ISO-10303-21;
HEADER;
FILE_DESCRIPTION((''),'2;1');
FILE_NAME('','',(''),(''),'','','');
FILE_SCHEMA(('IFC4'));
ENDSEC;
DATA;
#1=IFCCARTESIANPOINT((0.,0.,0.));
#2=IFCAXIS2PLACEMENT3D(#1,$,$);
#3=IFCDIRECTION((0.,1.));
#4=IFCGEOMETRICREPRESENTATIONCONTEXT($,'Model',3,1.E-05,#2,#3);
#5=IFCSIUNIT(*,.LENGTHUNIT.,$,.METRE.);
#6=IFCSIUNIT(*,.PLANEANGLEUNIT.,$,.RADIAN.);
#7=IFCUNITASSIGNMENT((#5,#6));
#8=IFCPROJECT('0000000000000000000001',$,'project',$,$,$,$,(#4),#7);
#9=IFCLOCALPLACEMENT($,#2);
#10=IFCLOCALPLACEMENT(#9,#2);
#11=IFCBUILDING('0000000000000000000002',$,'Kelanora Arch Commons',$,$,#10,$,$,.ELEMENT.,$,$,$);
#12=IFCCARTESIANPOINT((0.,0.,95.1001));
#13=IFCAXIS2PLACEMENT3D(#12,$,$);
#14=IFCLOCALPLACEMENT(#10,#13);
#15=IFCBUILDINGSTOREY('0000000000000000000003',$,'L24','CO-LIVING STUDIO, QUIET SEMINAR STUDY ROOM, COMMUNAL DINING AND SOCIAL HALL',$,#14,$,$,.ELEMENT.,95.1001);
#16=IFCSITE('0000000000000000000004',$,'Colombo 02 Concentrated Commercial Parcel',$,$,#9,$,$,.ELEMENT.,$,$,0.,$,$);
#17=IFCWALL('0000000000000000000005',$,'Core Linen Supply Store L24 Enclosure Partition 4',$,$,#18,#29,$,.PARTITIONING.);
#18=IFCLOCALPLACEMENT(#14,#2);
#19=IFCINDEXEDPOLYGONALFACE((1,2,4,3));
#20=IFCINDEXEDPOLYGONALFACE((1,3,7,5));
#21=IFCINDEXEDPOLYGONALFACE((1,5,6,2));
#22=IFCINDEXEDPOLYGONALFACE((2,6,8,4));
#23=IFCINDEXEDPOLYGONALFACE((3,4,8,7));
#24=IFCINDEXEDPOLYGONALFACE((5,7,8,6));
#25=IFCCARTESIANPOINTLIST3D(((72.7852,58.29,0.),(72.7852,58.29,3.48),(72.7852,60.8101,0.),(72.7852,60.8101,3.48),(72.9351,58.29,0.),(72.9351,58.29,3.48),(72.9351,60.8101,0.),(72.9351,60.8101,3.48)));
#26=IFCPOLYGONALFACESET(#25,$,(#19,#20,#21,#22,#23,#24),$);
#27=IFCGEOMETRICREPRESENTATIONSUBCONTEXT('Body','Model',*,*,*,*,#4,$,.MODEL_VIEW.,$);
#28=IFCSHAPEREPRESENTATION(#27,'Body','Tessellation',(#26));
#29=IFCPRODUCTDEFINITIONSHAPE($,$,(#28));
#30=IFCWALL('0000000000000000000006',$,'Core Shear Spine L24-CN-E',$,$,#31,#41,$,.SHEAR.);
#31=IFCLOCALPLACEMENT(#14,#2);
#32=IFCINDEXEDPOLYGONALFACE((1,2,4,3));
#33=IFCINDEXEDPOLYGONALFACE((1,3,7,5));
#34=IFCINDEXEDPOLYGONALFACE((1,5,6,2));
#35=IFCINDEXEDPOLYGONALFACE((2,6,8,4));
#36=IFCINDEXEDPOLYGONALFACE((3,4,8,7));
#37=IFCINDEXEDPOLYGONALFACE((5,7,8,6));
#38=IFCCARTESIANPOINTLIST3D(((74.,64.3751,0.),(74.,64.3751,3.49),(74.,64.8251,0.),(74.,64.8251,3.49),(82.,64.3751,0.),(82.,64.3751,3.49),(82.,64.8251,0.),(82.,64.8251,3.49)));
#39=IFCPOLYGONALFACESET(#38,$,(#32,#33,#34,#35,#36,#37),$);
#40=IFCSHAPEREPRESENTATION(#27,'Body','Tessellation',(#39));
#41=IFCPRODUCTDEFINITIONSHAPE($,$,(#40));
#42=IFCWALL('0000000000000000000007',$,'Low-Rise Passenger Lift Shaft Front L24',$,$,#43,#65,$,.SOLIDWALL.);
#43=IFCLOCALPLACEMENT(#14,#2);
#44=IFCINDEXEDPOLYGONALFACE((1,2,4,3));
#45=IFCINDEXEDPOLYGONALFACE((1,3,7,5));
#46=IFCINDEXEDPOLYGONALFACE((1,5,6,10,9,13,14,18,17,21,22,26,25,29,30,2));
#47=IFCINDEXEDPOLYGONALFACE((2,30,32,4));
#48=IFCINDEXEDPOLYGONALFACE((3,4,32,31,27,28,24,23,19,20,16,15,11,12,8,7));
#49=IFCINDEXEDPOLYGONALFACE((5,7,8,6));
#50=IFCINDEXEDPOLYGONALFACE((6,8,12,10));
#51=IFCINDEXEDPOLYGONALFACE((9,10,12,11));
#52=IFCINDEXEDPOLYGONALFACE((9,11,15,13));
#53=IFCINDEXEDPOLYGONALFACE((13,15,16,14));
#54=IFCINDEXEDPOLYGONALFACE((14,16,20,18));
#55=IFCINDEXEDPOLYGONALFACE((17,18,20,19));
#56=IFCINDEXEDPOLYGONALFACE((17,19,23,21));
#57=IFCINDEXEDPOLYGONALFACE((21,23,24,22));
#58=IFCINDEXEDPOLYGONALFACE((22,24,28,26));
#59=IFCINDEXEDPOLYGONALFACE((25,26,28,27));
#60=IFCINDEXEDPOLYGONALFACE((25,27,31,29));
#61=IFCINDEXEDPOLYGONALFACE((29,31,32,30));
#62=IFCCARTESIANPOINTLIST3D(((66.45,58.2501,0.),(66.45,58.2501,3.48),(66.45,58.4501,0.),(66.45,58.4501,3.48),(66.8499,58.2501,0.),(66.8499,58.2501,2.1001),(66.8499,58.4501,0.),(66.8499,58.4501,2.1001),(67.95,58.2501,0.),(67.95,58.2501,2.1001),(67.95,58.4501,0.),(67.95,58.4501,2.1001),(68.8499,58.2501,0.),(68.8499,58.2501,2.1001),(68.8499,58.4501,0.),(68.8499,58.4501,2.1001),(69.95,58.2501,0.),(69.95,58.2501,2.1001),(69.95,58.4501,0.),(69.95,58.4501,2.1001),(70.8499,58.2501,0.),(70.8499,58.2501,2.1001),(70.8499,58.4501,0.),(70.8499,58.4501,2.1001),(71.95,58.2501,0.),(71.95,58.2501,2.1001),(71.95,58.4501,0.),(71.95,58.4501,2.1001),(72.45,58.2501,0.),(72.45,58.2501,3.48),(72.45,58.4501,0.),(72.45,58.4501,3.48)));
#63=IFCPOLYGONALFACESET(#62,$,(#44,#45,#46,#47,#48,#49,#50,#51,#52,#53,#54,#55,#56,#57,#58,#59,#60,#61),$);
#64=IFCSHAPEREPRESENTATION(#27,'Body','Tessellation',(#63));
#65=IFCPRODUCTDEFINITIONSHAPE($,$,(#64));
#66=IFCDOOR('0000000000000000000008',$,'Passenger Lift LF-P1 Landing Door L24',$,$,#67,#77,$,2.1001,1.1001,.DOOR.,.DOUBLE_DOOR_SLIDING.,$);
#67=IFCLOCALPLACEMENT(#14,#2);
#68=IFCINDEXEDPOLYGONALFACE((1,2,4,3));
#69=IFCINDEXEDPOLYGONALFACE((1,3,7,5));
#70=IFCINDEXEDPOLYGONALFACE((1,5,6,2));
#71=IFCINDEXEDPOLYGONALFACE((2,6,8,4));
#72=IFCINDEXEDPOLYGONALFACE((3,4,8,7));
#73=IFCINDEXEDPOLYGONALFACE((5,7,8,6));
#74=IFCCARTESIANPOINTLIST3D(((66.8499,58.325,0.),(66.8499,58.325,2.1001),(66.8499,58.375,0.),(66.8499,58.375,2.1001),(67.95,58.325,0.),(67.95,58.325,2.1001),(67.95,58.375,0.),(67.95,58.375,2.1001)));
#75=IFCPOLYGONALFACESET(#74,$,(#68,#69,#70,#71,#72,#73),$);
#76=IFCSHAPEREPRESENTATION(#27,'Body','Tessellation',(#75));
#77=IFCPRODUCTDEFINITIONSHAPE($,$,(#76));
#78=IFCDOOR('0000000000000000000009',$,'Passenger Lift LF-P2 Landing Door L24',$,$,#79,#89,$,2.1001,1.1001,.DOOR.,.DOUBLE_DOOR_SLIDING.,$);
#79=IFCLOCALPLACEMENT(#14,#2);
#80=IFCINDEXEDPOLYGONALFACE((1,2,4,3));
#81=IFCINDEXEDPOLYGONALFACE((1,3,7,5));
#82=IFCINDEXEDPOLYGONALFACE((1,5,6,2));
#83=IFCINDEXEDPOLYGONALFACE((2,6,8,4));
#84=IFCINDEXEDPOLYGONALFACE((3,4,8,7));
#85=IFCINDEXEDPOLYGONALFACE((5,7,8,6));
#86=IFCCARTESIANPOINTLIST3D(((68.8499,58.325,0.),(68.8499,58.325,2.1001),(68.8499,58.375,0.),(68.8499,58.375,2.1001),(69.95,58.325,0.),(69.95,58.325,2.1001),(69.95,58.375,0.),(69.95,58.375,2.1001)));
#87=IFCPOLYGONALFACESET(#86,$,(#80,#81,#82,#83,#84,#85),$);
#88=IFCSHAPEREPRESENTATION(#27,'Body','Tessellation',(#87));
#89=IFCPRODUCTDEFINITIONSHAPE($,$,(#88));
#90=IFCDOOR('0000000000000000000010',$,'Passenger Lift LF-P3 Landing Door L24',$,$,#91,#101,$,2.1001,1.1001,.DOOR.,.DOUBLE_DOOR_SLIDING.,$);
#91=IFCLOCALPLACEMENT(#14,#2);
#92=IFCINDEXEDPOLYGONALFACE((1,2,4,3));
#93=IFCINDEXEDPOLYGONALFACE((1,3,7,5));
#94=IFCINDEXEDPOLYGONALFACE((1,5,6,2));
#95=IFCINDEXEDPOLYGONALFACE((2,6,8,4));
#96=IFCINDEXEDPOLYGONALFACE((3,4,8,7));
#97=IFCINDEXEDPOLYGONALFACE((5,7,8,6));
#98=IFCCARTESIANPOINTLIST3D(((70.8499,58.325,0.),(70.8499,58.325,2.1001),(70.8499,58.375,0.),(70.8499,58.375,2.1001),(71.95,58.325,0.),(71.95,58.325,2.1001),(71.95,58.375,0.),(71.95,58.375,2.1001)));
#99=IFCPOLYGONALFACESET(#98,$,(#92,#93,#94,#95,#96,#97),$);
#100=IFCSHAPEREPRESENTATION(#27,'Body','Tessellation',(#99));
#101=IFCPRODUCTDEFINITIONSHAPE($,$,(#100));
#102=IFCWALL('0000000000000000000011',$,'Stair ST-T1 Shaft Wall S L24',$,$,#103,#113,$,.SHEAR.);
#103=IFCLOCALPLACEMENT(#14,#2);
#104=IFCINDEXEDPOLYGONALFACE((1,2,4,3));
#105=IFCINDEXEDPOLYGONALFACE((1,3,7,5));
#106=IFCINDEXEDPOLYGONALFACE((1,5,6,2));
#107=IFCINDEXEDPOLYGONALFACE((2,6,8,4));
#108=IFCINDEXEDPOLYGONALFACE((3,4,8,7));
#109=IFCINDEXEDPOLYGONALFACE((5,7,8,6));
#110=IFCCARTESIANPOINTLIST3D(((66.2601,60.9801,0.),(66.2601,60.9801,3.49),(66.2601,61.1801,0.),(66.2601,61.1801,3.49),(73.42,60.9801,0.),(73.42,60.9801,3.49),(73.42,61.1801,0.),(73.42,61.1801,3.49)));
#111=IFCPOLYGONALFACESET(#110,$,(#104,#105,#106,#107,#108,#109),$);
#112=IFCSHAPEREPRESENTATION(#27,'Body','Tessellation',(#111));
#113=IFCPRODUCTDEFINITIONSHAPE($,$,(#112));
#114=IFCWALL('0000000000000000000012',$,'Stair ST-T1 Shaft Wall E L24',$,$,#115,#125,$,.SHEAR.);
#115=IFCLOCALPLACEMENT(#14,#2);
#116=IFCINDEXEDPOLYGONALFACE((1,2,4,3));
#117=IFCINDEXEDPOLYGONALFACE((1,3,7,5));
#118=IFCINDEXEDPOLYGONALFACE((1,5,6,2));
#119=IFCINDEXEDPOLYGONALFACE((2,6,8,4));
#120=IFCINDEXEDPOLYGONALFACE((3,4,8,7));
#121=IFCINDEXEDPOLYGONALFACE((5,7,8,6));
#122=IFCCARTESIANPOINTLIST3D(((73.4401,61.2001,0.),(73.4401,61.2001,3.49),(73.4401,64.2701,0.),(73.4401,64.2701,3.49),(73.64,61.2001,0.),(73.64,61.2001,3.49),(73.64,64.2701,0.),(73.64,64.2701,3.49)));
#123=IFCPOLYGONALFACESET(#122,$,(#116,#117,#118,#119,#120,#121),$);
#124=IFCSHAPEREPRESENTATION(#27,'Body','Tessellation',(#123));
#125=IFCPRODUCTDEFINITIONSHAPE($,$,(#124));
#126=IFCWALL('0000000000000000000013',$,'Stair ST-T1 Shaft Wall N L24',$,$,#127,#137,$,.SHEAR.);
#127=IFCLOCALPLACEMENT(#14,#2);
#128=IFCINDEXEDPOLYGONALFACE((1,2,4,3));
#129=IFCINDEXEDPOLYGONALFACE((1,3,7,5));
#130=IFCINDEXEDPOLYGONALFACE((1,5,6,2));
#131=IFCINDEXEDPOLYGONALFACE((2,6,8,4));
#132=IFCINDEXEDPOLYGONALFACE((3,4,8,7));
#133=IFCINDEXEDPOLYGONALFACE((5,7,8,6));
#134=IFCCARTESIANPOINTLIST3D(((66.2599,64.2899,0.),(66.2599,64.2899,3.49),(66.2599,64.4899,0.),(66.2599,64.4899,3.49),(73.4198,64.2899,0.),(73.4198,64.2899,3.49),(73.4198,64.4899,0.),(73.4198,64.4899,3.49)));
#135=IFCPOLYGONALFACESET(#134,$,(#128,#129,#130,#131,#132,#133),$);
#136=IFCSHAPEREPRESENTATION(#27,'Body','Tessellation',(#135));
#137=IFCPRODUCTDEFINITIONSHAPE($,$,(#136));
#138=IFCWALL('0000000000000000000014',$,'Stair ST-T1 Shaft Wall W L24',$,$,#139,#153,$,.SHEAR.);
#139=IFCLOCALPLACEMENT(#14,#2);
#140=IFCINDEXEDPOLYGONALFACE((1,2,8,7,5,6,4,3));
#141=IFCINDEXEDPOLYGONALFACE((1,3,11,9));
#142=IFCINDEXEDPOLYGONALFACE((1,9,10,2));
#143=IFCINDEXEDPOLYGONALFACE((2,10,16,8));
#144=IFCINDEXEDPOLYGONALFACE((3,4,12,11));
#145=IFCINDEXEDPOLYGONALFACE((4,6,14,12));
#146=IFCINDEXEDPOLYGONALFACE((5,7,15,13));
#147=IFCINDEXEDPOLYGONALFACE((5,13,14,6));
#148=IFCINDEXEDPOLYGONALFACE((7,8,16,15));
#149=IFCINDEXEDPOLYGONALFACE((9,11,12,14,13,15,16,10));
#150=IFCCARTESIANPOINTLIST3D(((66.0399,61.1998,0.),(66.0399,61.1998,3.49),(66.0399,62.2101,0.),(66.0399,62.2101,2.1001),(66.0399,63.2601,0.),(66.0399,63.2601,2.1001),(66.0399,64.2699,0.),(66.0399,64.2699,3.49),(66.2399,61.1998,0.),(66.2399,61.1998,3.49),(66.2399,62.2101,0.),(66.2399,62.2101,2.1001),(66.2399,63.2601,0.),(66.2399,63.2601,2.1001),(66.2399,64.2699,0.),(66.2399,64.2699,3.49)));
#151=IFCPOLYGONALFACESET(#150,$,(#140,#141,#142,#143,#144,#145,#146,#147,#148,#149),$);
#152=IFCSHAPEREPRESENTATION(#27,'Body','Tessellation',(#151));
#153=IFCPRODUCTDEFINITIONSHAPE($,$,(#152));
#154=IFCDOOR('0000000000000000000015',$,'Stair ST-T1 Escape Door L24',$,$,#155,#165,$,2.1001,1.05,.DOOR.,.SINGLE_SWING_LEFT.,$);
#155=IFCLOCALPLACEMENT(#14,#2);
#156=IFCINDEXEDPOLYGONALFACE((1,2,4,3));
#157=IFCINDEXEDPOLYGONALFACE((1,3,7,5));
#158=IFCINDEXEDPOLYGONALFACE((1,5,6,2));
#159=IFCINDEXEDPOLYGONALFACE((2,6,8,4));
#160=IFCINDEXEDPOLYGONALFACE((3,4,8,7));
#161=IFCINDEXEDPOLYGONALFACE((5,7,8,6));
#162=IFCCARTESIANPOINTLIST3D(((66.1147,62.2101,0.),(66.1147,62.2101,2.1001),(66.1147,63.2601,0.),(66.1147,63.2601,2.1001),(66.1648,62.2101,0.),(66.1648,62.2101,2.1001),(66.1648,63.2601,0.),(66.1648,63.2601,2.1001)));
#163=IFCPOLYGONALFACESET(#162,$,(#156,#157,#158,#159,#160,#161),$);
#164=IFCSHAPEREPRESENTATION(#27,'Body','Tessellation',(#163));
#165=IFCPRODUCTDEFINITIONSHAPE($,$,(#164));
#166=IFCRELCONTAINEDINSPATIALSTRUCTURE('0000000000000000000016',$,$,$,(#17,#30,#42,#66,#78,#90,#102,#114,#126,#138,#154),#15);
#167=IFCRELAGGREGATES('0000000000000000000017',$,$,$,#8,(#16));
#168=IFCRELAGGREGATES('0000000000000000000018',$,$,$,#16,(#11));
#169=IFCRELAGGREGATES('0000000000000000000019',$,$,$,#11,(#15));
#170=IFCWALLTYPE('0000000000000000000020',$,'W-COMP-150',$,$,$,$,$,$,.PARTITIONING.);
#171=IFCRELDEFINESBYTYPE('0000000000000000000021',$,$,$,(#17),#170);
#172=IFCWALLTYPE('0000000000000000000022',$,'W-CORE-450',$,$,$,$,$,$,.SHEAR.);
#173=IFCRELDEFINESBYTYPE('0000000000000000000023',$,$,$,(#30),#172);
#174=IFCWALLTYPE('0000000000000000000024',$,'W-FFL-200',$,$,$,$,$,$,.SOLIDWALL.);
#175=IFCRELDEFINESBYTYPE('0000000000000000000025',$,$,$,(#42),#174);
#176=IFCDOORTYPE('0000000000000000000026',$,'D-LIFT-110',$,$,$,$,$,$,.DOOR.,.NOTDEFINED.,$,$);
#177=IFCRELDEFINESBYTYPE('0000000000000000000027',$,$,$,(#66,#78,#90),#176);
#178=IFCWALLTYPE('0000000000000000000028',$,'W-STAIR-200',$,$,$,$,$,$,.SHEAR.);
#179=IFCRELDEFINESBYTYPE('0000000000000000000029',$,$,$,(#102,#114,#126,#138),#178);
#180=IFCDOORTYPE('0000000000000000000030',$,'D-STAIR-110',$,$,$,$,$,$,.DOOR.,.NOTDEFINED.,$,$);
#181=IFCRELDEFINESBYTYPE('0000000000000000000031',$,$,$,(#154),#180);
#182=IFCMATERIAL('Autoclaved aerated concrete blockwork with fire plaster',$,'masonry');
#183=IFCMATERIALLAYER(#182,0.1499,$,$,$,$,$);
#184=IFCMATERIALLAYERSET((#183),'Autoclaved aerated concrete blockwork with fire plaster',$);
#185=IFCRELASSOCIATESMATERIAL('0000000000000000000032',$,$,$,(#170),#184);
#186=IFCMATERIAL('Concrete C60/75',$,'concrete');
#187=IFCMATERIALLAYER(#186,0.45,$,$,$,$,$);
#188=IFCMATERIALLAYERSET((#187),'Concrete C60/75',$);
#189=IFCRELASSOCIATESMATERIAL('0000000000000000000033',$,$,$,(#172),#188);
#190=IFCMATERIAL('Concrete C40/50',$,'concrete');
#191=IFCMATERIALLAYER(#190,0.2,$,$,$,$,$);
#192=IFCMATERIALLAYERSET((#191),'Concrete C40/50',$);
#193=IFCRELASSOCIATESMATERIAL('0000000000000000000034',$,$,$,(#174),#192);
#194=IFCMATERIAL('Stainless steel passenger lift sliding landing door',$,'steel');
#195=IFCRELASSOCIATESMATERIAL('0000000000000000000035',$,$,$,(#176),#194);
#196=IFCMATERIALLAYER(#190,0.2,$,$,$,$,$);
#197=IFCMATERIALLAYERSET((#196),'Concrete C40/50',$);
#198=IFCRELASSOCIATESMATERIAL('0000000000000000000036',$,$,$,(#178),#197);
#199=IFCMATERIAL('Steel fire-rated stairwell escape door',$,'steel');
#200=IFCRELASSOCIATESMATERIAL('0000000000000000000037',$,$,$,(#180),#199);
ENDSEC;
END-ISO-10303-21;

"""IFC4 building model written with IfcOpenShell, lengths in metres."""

from ifc_helpers import new_model, si_unit, direction, frame, frame_2d, origin, place, context, subcontext, project, spatial, rectangle, extrude, material, layer, layer_set, type_object, element, fill, save


model = new_model("IFC4")

# Units and contexts
model_context = context("Model", 3, precision=1e-05, world=origin(), true_north=direction((0.0, 1.0)))
body_context = subcontext(model_context, "Body", "Model", "MODEL_VIEW")
ifc_project = project(units=[si_unit("LENGTHUNIT", "METRE"), si_unit("PLANEANGLEUNIT", "RADIAN")], contexts=[model_context])

# Site, building, storey
site_placement = place(None, origin())
site = spatial("IfcSite", under=ifc_project, at=site_placement, Name="Colombo 02 Concentrated Commercial Parcel", CompositionType="ELEMENT", RefElevation=0.0)
building_placement = place(site_placement, origin())
building = spatial("IfcBuilding", under=site, at=building_placement, Name="Kelanora Arch Commons", CompositionType="ELEMENT")
storey_placement = place(building_placement, frame((0.0, 0.0, 95.1001)))
storey = spatial("IfcBuildingStorey", under=building, at=storey_placement, Name="L24", Description="CO-LIVING STUDIO, QUIET SEMINAR STUDY ROOM, COMMUNAL DINING AND SOCIAL HALL", CompositionType="ELEMENT", Elevation=95.1001)

# Shared definitions
ifc_material_1 = material(Name="Concrete C60/75", Category="concrete")

# Walls
ifc_material_2 = material(Name="Autoclaved aerated concrete blockwork with fire plaster", Category="masonry")
ifc_layer_1 = layer(ifc_material_2, 0.1499)
ifc_layer_set_1 = layer_set([ifc_layer_1], Name="Autoclaved aerated concrete blockwork with fire plaster")
wall_type_1 = type_object("IfcWallType", Name="W-COMP-150", PredefinedType="PARTITIONING", material=ifc_layer_set_1)
wall_1_placement = place(storey_placement, frame((72.8601, 60.8101, 0.0), z_axis=(0.0, 0.0, 1.0), x_axis=(0.0, -1.0, 0.0)))
element("IfcWall", 1, at=wall_1_placement, inside=storey, type_object=wall_type_1, Name="Core Linen Supply Store L24 Enclosure Partition 4", PredefinedType="PARTITIONING", context=body_context, shape_type="SweptSolid", body=[
    extrude(rectangle(XDim=2.52, YDim=0.1499, at=frame_2d((1.26, 0.0))), origin(), (0.0, 0.0, 1.0), 3.48),
])
ifc_layer_2 = layer(ifc_material_1, 0.45)
ifc_layer_set_2 = layer_set([ifc_layer_2], Name="Concrete C60/75")
wall_type_2 = type_object("IfcWallType", Name="W-CORE-450", PredefinedType="SHEAR", material=ifc_layer_set_2)
wall_2_placement = place(storey_placement, frame((74.0, 64.6001, 0.0), z_axis=(0.0, 0.0, 1.0), x_axis=(1.0, 0.0, 0.0)))
element("IfcWall", 2, at=wall_2_placement, inside=storey, type_object=wall_type_2, Name="Core Shear Spine L24-CN-E", PredefinedType="SHEAR", context=body_context, shape_type="SweptSolid", body=[
    extrude(rectangle(XDim=8.0, YDim=0.45, at=frame_2d((4.0, 0.0))), origin(), (0.0, 0.0, 1.0), 3.49),
])

# Shared definitions
ifc_material_3 = material(Name="Concrete C40/50", Category="concrete")
ifc_layer_3 = layer(ifc_material_3, 0.2)
ifc_layer_set_3 = layer_set([ifc_layer_3], Name="Concrete C40/50")
wall_type_3 = type_object("IfcWallType", Name="W-FFL-200", PredefinedType="SOLIDWALL", material=ifc_layer_set_3)

# Wall, openings, doors
wall_3_placement = place(storey_placement, frame((66.45, 58.3501, 0.0), z_axis=(0.0, 0.0, 1.0), x_axis=(1.0, 0.0, 0.0)))
wall_3 = element("IfcWall", 3, at=wall_3_placement, inside=storey, type_object=wall_type_3, Name="Low-Rise Passenger Lift Shaft Front L24", PredefinedType="SOLIDWALL", context=body_context, shape_type="SweptSolid", body=[
    extrude(rectangle(XDim=6.0, YDim=0.2, at=frame_2d((3.0, 0.0))), origin(), (0.0, 0.0, 1.0), 3.48),
])
opening_1_placement = place(wall_3_placement, frame((0.3999, 0.0, 0.0)))
opening_1 = element("IfcOpeningElement", 4, at=opening_1_placement, cuts=wall_3, PredefinedType="OPENING", context=body_context, shape_type="SweptSolid", body=[
    extrude(rectangle(XDim=1.1001, YDim=2.1001, at=frame_2d((0.55, 1.05))), frame((0.0, 0.1099, 0.0), z_axis=(0.0, -1.0, 0.0), x_axis=(1.0, 0.0, 0.0)), (0.0, 0.0, 1.0), 0.22),
])
opening_2_placement = place(wall_3_placement, frame((2.3999, 0.0, 0.0)))
opening_2 = element("IfcOpeningElement", 5, at=opening_2_placement, cuts=wall_3, PredefinedType="OPENING", context=body_context, shape_type="SweptSolid", body=[
    extrude(rectangle(XDim=1.1001, YDim=2.1001, at=frame_2d((0.55, 1.05))), frame((0.0, 0.1099, 0.0), z_axis=(0.0, -1.0, 0.0), x_axis=(1.0, 0.0, 0.0)), (0.0, 0.0, 1.0), 0.22),
])
opening_3_placement = place(wall_3_placement, frame((4.3999, 0.0, 0.0)))
opening_3 = element("IfcOpeningElement", 6, at=opening_3_placement, cuts=wall_3, PredefinedType="OPENING", context=body_context, shape_type="SweptSolid", body=[
    extrude(rectangle(XDim=1.1001, YDim=2.1001, at=frame_2d((0.55, 1.05))), frame((0.0, 0.1099, 0.0), z_axis=(0.0, -1.0, 0.0), x_axis=(1.0, 0.0, 0.0)), (0.0, 0.0, 1.0), 0.22),
])
ifc_material_4 = material(Name="Stainless steel passenger lift sliding landing door", Category="steel")
door_type_1 = type_object("IfcDoorType", Name="D-LIFT-110", OperationType="NOTDEFINED", PredefinedType="DOOR", material=ifc_material_4)
door_1_placement = place(opening_1_placement, origin())
door_1 = element("IfcDoor", 7, at=door_1_placement, inside=storey, type_object=door_type_1, Name="Passenger Lift LF-P1 Landing Door L24", OperationType="DOUBLE_DOOR_SLIDING", OverallHeight=2.1001, OverallWidth=1.1001, PredefinedType="DOOR", context=body_context, shape_type="SweptSolid", body=[
    extrude(rectangle(XDim=1.1001, YDim=2.1001, at=frame_2d((0.55, 1.05))), frame((0.0, 0.0249, 0.0), z_axis=(0.0, -1.0, 0.0), x_axis=(1.0, 0.0, 0.0)), (0.0, 0.0, 1.0), 0.05),
])
fill(opening_1, door_1)
door_2_placement = place(opening_2_placement, origin())
door_2 = element("IfcDoor", 8, at=door_2_placement, inside=storey, type_object=door_type_1, Name="Passenger Lift LF-P2 Landing Door L24", OperationType="DOUBLE_DOOR_SLIDING", OverallHeight=2.1001, OverallWidth=1.1001, PredefinedType="DOOR", context=body_context, shape_type="SweptSolid", body=[
    extrude(rectangle(XDim=1.1001, YDim=2.1001, at=frame_2d((0.55, 1.05))), frame((0.0, 0.0249, 0.0), z_axis=(0.0, -1.0, 0.0), x_axis=(1.0, 0.0, 0.0)), (0.0, 0.0, 1.0), 0.05),
])
fill(opening_2, door_2)
door_3_placement = place(opening_3_placement, origin())
door_3 = element("IfcDoor", 9, at=door_3_placement, inside=storey, type_object=door_type_1, Name="Passenger Lift LF-P3 Landing Door L24", OperationType="DOUBLE_DOOR_SLIDING", OverallHeight=2.1001, OverallWidth=1.1001, PredefinedType="DOOR", context=body_context, shape_type="SweptSolid", body=[
    extrude(rectangle(XDim=1.1001, YDim=2.1001, at=frame_2d((0.55, 1.05))), frame((0.0, 0.0249, 0.0), z_axis=(0.0, -1.0, 0.0), x_axis=(1.0, 0.0, 0.0)), (0.0, 0.0, 1.0), 0.05),
])
fill(opening_3, door_3)

# Walls
ifc_layer_4 = layer(ifc_material_3, 0.2)
ifc_layer_set_4 = layer_set([ifc_layer_4], Name="Concrete C40/50")
wall_type_4 = type_object("IfcWallType", Name="W-STAIR-200", PredefinedType="SHEAR", material=ifc_layer_set_4)
wall_4_placement = place(storey_placement, frame((66.26, 61.0801, 0.0), z_axis=(0.0, 0.0, 1.0), x_axis=(1.0, 0.0, 0.0)))
element("IfcWall", 10, at=wall_4_placement, inside=storey, type_object=wall_type_4, Name="Stair ST-T1 Shaft Wall S L24", PredefinedType="SHEAR", context=body_context, shape_type="SweptSolid", body=[
    extrude(rectangle(XDim=7.1599, YDim=0.2, at=frame_2d((3.5801, 0.0))), origin(), (0.0, 0.0, 1.0), 3.49),
])
wall_5_placement = place(storey_placement, frame((73.54, 61.2, 0.0), z_axis=(0.0, 0.0, 1.0), x_axis=(0.0, 1.0, 0.0)))
element("IfcWall", 11, at=wall_5_placement, inside=storey, type_object=wall_type_4, Name="Stair ST-T1 Shaft Wall E L24", PredefinedType="SHEAR", context=body_context, shape_type="SweptSolid", body=[
    extrude(rectangle(XDim=3.0701, YDim=0.2, at=frame_2d((1.5352, 0.0))), origin(), (0.0, 0.0, 1.0), 3.49),
])
wall_6_placement = place(storey_placement, frame((73.4199, 64.3899, 0.0), z_axis=(0.0, 0.0, 1.0), x_axis=(-1.0, 0.0, 0.0)))
element("IfcWall", 12, at=wall_6_placement, inside=storey, type_object=wall_type_4, Name="Stair ST-T1 Shaft Wall N L24", PredefinedType="SHEAR", context=body_context, shape_type="SweptSolid", body=[
    extrude(rectangle(XDim=7.1599, YDim=0.2, at=frame_2d((3.5801, 0.0))), origin(), (0.0, 0.0, 1.0), 3.49),
])

# Wall, opening, door
wall_7_placement = place(storey_placement, frame((66.1399, 64.27, 0.0), z_axis=(0.0, 0.0, 1.0), x_axis=(0.0, -1.0, 0.0)))
wall_7 = element("IfcWall", 13, at=wall_7_placement, inside=storey, type_object=wall_type_4, Name="Stair ST-T1 Shaft Wall W L24", PredefinedType="SHEAR", context=body_context, shape_type="SweptSolid", body=[
    extrude(rectangle(XDim=3.0701, YDim=0.2, at=frame_2d((1.5352, 0.0))), origin(), (0.0, 0.0, 1.0), 3.49),
])
opening_4_placement = place(wall_7_placement, frame((1.01, 0.0, 0.0)))
opening_4 = element("IfcOpeningElement", 14, at=opening_4_placement, cuts=wall_7, PredefinedType="OPENING", context=body_context, shape_type="SweptSolid", body=[
    extrude(rectangle(XDim=1.05, YDim=2.1001, at=frame_2d((0.5249, 1.05))), frame((0.0, 0.1099, 0.0), z_axis=(0.0, -1.0, 0.0), x_axis=(1.0, 0.0, 0.0)), (0.0, 0.0, 1.0), 0.22),
])
ifc_material_5 = material(Name="Steel fire-rated stairwell escape door", Category="steel")
door_type_2 = type_object("IfcDoorType", Name="D-STAIR-110", OperationType="NOTDEFINED", PredefinedType="DOOR", material=ifc_material_5)
door_4_placement = place(opening_4_placement, origin())
door_4 = element("IfcDoor", 15, at=door_4_placement, inside=storey, type_object=door_type_2, Name="Stair ST-T1 Escape Door L24", OperationType="SINGLE_SWING_LEFT", OverallHeight=2.1001, OverallWidth=1.05, PredefinedType="DOOR", context=body_context, shape_type="SweptSolid", body=[
    extrude(rectangle(XDim=1.05, YDim=2.1001, at=frame_2d((0.5249, 1.05))), frame((0.0, 0.0249, 0.0), z_axis=(0.0, -1.0, 0.0), x_axis=(1.0, 0.0, 0.0)), (0.0, 0.0, 1.0), 0.05),
])
fill(opening_4, door_4)

save(model, "model.ifc")
